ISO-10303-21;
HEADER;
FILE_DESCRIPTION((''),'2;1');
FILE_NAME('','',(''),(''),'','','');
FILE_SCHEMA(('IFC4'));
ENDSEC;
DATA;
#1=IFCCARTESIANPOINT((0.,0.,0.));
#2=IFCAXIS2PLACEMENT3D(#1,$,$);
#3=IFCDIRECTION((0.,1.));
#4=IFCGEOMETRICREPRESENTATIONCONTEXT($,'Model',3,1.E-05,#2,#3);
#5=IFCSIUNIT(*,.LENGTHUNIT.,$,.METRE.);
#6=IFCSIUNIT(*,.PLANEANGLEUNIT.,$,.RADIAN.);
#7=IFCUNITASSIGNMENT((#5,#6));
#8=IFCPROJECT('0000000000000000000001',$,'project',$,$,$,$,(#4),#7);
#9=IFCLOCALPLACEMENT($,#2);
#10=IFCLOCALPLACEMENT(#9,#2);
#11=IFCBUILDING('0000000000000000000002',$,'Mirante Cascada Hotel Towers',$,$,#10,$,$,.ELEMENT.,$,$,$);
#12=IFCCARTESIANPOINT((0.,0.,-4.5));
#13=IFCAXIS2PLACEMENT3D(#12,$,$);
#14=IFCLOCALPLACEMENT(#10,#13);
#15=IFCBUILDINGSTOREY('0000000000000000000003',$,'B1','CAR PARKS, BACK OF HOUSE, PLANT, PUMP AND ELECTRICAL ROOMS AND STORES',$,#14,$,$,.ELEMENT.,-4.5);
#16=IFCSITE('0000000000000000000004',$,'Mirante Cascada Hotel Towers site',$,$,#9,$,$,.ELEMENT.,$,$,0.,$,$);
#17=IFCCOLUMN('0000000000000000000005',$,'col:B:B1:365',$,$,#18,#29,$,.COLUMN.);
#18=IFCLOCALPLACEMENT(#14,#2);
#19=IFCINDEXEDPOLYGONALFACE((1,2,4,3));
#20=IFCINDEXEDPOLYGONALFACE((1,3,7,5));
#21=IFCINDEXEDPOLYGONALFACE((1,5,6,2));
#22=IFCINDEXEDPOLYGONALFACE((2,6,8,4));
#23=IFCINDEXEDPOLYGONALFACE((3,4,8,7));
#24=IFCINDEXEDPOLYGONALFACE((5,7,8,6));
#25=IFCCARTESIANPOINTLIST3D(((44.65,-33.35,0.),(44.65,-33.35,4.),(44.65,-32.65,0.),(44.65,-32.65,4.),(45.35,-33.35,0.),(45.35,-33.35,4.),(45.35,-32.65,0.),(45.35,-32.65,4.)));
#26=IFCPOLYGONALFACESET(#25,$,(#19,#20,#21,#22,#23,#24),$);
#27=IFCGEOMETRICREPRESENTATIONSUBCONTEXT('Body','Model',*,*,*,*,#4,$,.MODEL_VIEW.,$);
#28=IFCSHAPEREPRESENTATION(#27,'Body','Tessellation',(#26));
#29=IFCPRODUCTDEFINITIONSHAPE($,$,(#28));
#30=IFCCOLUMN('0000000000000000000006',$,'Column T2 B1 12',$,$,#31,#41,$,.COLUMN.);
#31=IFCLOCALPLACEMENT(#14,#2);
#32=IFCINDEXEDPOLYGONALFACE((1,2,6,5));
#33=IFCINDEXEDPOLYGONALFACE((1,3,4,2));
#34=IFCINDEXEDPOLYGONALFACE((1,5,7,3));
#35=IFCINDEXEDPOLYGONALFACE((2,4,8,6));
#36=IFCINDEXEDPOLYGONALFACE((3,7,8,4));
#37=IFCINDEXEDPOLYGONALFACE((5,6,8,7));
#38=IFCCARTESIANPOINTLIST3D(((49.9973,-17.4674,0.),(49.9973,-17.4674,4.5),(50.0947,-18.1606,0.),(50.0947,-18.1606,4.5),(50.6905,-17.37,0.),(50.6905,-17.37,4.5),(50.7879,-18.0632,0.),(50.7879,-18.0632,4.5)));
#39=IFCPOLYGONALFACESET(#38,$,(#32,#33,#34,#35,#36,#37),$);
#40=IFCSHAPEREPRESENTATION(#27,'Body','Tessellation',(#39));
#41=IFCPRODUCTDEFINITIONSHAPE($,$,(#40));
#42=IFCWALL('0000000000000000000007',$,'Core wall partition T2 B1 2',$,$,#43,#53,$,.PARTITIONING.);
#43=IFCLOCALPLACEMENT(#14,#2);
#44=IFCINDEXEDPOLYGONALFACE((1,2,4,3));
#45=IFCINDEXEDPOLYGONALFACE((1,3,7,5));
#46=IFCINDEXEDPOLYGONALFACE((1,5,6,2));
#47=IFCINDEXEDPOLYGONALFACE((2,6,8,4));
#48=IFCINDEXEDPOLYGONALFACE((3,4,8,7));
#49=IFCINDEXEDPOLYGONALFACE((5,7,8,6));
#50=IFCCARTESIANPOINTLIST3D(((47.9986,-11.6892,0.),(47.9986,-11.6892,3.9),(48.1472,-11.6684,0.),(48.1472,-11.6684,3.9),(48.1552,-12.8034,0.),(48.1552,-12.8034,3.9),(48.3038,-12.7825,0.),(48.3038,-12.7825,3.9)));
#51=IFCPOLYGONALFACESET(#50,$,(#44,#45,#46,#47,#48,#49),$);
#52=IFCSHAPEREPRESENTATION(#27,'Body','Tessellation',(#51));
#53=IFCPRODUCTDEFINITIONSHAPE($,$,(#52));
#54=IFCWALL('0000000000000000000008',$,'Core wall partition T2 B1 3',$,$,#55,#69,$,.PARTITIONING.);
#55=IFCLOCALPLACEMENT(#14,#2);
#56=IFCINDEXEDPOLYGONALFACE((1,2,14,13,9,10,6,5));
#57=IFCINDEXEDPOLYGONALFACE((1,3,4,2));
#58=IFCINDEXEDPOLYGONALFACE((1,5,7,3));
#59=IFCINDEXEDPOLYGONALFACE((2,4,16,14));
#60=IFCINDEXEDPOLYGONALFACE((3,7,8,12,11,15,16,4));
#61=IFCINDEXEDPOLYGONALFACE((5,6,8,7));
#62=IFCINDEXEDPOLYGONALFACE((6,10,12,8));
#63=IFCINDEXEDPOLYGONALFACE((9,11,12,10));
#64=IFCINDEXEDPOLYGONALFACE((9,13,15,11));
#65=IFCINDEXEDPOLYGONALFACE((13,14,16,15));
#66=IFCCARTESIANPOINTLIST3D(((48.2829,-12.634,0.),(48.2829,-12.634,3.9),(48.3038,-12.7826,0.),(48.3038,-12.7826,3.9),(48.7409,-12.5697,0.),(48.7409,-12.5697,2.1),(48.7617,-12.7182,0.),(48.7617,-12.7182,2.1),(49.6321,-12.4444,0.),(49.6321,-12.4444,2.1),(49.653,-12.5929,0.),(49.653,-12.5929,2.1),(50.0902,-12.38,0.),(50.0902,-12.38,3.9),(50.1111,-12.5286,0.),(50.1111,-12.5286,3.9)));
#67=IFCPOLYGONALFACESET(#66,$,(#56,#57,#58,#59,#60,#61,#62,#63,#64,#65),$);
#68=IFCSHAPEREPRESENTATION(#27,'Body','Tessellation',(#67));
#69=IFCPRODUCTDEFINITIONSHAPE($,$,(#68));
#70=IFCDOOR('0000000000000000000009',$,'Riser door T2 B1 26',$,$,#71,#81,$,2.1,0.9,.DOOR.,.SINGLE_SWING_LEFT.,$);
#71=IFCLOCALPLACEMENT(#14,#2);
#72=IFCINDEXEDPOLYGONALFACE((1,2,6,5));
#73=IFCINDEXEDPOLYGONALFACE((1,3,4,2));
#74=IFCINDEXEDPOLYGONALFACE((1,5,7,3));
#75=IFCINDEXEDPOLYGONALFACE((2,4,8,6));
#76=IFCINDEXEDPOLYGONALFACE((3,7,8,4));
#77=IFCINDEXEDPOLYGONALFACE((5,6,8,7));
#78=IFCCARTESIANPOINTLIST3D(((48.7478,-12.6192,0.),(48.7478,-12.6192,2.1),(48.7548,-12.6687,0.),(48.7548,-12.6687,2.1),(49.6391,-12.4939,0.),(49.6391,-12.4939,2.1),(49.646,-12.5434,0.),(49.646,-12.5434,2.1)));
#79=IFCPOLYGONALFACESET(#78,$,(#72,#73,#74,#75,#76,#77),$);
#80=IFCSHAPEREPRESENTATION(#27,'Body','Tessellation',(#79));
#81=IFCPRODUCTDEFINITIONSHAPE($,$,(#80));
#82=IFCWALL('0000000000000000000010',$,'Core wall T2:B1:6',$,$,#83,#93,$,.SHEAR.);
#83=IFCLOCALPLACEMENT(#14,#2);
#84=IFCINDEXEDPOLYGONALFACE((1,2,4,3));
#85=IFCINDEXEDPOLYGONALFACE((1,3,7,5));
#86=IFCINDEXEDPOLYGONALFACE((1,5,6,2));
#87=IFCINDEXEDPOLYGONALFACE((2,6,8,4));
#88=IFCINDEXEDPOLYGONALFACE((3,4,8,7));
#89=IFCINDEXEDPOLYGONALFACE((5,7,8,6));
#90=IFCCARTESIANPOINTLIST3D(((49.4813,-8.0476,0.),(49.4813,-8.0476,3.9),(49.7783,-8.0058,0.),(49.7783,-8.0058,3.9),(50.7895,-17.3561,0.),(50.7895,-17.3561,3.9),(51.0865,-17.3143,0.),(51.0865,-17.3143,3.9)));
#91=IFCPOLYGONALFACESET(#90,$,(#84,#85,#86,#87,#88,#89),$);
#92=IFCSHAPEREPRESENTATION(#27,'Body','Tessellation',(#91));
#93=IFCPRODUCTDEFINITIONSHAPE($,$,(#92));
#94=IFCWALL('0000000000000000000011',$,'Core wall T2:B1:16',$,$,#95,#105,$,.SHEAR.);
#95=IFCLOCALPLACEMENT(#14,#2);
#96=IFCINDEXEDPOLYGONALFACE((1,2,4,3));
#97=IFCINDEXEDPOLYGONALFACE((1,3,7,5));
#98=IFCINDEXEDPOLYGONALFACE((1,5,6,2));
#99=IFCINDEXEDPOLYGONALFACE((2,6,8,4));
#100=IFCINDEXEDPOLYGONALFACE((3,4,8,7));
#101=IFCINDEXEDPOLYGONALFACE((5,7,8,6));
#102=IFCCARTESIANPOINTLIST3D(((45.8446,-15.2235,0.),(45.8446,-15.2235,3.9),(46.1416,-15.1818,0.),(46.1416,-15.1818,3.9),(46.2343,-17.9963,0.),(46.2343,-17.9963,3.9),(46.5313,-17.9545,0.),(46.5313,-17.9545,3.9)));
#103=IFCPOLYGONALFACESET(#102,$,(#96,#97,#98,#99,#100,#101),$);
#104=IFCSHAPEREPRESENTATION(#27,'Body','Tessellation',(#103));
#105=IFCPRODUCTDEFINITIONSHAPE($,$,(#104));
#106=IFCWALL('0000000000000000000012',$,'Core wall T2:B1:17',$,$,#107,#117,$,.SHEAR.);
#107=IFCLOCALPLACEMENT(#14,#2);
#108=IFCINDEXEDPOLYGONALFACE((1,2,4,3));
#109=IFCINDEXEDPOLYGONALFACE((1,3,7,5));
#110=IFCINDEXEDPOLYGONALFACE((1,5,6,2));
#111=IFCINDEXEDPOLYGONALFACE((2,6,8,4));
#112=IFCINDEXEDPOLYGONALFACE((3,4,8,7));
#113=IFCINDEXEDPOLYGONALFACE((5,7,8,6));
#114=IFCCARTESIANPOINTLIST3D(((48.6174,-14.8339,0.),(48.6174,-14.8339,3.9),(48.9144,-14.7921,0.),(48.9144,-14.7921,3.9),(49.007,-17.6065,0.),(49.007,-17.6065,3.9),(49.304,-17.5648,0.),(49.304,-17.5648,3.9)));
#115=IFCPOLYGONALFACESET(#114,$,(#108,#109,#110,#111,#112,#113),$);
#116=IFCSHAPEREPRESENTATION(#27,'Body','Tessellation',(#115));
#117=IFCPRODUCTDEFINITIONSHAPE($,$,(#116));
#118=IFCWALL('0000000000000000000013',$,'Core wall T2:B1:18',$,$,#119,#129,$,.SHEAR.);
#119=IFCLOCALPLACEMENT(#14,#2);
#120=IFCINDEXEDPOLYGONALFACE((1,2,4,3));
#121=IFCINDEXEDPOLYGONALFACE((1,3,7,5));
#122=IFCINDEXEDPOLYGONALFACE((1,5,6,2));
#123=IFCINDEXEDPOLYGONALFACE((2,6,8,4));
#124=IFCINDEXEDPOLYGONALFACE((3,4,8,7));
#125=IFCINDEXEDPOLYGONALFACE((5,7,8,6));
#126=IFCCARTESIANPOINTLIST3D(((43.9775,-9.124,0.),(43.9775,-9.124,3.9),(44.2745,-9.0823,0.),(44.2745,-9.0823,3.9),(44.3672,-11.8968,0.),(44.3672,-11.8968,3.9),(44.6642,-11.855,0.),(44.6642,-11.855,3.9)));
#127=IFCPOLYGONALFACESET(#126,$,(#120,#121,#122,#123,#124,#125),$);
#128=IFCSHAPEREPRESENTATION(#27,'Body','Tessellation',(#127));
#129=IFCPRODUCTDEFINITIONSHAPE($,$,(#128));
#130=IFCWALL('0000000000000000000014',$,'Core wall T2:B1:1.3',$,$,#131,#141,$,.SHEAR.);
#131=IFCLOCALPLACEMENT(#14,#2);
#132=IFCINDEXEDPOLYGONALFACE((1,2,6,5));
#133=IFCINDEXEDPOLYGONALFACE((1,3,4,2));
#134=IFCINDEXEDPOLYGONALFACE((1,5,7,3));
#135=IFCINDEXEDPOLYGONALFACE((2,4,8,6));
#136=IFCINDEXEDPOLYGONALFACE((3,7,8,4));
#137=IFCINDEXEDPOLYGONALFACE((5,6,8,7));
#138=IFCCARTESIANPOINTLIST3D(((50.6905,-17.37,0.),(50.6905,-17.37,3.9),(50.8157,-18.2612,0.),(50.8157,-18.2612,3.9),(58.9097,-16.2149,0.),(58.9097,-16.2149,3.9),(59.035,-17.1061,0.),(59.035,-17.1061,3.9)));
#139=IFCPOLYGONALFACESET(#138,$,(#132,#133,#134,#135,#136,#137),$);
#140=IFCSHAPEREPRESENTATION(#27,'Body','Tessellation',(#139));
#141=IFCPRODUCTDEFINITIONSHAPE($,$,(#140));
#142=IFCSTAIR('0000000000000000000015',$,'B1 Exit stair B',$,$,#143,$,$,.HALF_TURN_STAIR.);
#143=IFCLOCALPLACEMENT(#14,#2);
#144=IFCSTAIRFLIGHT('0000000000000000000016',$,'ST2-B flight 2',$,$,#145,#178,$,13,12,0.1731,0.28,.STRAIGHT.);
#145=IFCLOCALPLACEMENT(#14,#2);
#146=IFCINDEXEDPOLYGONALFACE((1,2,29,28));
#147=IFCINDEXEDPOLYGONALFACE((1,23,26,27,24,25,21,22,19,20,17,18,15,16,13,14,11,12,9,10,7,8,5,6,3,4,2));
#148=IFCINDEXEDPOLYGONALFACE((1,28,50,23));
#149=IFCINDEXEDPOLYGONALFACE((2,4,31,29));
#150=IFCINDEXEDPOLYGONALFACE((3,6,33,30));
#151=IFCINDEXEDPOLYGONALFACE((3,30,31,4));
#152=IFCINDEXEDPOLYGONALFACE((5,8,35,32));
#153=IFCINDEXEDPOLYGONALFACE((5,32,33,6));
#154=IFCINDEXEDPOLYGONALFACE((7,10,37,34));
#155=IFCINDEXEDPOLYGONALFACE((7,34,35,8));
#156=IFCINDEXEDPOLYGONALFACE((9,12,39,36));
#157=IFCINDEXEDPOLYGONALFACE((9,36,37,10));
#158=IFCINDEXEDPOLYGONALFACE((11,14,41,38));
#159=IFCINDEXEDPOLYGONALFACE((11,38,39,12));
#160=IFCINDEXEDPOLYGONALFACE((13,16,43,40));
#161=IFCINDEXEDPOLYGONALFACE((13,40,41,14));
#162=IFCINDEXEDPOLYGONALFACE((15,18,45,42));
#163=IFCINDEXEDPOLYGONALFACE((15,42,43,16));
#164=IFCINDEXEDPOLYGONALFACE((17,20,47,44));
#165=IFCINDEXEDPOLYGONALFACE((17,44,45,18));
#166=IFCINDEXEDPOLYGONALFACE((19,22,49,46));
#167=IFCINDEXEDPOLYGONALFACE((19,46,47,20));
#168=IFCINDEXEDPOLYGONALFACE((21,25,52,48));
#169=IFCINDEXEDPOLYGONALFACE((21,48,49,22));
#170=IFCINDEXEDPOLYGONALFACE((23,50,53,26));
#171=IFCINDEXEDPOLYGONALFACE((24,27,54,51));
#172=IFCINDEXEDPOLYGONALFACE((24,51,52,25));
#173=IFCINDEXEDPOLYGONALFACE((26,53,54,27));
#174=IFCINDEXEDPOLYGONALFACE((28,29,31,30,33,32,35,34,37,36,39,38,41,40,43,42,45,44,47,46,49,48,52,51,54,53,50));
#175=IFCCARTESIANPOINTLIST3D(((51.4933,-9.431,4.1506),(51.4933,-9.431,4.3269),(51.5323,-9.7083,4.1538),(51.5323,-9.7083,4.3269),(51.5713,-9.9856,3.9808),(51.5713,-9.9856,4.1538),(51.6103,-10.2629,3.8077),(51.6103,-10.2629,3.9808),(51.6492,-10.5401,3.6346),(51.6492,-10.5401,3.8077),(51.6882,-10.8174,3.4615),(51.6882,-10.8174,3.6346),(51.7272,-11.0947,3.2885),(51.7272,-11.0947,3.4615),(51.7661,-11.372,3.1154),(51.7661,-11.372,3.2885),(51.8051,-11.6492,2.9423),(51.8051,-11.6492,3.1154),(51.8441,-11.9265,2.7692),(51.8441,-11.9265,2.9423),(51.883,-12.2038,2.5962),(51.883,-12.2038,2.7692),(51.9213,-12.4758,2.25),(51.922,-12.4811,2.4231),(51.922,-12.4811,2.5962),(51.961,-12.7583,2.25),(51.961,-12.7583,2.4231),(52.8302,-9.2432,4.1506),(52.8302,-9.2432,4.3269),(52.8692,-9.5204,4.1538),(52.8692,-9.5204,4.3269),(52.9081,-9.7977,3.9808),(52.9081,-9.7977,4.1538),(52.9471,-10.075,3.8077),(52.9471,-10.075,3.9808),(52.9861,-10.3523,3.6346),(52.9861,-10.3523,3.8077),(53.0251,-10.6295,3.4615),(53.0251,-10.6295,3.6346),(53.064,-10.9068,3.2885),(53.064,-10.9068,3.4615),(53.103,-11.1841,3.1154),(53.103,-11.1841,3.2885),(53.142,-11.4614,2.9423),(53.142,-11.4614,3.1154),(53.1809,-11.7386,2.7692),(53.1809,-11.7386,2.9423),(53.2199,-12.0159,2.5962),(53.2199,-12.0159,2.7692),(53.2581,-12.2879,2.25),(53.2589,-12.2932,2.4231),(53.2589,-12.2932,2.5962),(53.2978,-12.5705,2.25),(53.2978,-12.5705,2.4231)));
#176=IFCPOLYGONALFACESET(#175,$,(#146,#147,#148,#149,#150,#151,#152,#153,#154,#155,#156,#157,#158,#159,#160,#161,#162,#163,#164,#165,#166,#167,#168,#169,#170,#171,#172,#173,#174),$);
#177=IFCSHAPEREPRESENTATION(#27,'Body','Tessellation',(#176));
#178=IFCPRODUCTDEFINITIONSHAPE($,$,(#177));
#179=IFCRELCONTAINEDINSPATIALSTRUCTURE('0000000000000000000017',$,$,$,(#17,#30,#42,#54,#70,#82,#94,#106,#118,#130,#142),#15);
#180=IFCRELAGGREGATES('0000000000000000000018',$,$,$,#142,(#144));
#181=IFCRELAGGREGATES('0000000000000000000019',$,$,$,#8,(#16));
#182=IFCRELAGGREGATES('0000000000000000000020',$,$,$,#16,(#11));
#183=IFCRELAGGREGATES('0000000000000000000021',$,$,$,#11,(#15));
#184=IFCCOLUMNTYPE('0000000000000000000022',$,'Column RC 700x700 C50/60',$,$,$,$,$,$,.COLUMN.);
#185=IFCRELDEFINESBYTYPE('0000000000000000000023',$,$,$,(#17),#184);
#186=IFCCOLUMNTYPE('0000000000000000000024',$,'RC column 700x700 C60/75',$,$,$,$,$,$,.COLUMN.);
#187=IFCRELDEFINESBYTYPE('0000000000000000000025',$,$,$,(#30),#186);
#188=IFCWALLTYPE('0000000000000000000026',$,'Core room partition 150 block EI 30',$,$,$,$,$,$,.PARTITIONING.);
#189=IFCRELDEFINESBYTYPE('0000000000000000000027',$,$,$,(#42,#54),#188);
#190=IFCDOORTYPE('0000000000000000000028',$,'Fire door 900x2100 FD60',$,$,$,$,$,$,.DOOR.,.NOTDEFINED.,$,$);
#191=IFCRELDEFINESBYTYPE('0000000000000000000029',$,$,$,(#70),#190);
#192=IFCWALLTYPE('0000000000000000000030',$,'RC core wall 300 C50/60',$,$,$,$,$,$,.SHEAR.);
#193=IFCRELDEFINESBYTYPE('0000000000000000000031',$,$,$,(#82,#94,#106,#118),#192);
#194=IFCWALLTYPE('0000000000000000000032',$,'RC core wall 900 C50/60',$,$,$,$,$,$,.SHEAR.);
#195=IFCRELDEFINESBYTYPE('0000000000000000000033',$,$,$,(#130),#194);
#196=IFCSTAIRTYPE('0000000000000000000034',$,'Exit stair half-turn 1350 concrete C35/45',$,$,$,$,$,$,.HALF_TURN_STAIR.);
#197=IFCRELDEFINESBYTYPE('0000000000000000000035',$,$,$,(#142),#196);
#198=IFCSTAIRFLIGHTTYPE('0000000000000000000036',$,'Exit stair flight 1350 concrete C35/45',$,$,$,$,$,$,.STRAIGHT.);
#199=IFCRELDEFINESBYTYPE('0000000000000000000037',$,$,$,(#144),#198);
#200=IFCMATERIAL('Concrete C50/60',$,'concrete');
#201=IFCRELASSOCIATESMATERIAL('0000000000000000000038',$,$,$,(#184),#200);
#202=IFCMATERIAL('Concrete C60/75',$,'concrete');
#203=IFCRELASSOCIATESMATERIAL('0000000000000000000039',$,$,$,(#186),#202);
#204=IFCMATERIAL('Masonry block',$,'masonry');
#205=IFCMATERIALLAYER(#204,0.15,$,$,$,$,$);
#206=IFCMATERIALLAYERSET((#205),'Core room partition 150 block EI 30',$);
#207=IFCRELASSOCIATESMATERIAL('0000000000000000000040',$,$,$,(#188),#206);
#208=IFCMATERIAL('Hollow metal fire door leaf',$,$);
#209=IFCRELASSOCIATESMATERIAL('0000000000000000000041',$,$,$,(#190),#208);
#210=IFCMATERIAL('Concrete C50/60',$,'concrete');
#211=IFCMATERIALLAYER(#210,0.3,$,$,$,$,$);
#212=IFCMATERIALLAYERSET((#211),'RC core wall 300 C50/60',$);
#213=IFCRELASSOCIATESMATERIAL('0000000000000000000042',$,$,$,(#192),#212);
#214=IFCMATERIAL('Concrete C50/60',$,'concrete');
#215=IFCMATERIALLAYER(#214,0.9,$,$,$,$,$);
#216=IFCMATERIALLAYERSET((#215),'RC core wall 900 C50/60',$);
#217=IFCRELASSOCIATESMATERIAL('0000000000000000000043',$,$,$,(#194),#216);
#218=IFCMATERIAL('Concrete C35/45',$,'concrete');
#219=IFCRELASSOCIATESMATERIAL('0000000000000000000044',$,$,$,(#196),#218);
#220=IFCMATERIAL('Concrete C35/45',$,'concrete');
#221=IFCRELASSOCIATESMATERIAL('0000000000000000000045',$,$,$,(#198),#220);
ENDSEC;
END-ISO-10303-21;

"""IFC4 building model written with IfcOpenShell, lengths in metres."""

from ifc_helpers import new_model, si_unit, direction, frame, frame_2d, origin, origin_2d, place, context, subcontext, project, spatial, polyline, rectangle, outline, extrude, material, layer, layer_set, material_profile, profile_set, type_object, element, fill, aggregate, save


model = new_model("IFC4")

# Units and contexts
model_context = context("Model", 3, precision=1e-05, world=origin(), true_north=direction((0.0, 1.0)))
body_context = subcontext(model_context, "Body", "Model", "MODEL_VIEW")
ifc_project = project(units=[si_unit("LENGTHUNIT", "METRE"), si_unit("PLANEANGLEUNIT", "RADIAN")], contexts=[model_context])

# Site, building, storey
site_placement = place(None, origin())
site = spatial("IfcSite", under=ifc_project, at=site_placement, Name="Mirante Cascada Hotel Towers site", CompositionType="ELEMENT", RefElevation=0.0)
building_placement = place(site_placement, origin())
building = spatial("IfcBuilding", under=site, at=building_placement, Name="Mirante Cascada Hotel Towers", CompositionType="ELEMENT")
storey_placement = place(building_placement, frame((0.0, 0.0, -4.5)))
storey = spatial("IfcBuildingStorey", under=building, at=storey_placement, Name="B1", Description="CAR PARKS, BACK OF HOUSE, PLANT, PUMP AND ELECTRICAL ROOMS AND STORES", CompositionType="ELEMENT", Elevation=-4.5)

# Columns
ifc_material_1 = material(Name="Concrete C50/60", Category="concrete")
ifc_material_profile_1 = material_profile(ifc_material_1, rectangle(XDim=0.7, YDim=0.7, at=origin_2d()), Name="RC 700x700")
ifc_profile_set_1 = profile_set([ifc_material_profile_1], Name="Concrete C50/60")
column_type_1 = type_object("IfcColumnType", Name="Column RC 700x700 C50/60", PredefinedType="COLUMN", material=ifc_profile_set_1)
column_1_placement = place(storey_placement, frame((45.0, -33.0, 0.0), z_axis=(0.0, 0.0, 1.0), x_axis=(1.0, 0.0, 0.0)))
element("IfcColumn", 1, at=column_1_placement, inside=storey, type_object=column_type_1, Name="col:B:B1:365", PredefinedType="COLUMN", context=body_context, shape_type="SweptSolid", body=[
    extrude(rectangle(XDim=0.7, YDim=0.7, at=origin_2d()), origin(), (0.0, 0.0, 1.0), 4.0),
])
ifc_material_2 = material(Name="Concrete C60/75", Category="concrete")
ifc_material_profile_2 = material_profile(ifc_material_2, rectangle(XDim=0.7, YDim=0.7, at=origin_2d()), Name="RC column 700x700 C60/75")
ifc_profile_set_2 = profile_set([ifc_material_profile_2], Name="Concrete C60/75")
column_type_2 = type_object("IfcColumnType", Name="RC column 700x700 C60/75", PredefinedType="COLUMN", material=ifc_profile_set_2)
column_2_placement = place(storey_placement, frame((50.3926, -17.7653, 0.0), z_axis=(0.0, 0.0, 1.0), x_axis=(0.990268, 0.139173, 0.0)))
element("IfcColumn", 2, at=column_2_placement, inside=storey, type_object=column_type_2, Name="Column T2 B1 12", PredefinedType="COLUMN", context=body_context, shape_type="SweptSolid", body=[
    extrude(rectangle(XDim=0.7, YDim=0.7, at=origin_2d()), origin(), (0.0, 0.0, 1.0), 4.5),
])

# Wall
ifc_material_3 = material(Name="Masonry block", Category="masonry")
ifc_layer_1 = layer(ifc_material_3, 0.15)
ifc_layer_set_1 = layer_set([ifc_layer_1], Name="Core room partition 150 block EI 30")
wall_type_1 = type_object("IfcWallType", Name="Core room partition 150 block EI 30", PredefinedType="PARTITIONING", material=ifc_layer_set_1)
wall_1_placement = place(storey_placement, frame((48.2295, -12.793, 0.0), z_axis=(0.0, 0.0, 1.0), x_axis=(-0.139193, 0.990265, 0.0)))
element("IfcWall", 3, at=wall_1_placement, inside=storey, type_object=wall_type_1, Name="Core wall partition T2 B1 2", PredefinedType="PARTITIONING", context=body_context, shape_type="SweptSolid", body=[
    extrude(rectangle(XDim=1.1251, YDim=0.15, at=frame_2d((0.5626, 0.0))), origin(), (0.0, 0.0, 1.0), 3.9),
])

# Wall, opening, door
wall_2_placement = place(storey_placement, frame((48.2933, -12.7083, 0.0), z_axis=(0.0, 0.0, 1.0), x_axis=(0.990268, 0.139173, 0.0)))
wall_2 = element("IfcWall", 4, at=wall_2_placement, inside=storey, type_object=wall_type_1, Name="Core wall partition T2 B1 3", PredefinedType="PARTITIONING", context=body_context, shape_type="SweptSolid", body=[
    extrude(rectangle(XDim=1.8251, YDim=0.15, at=frame_2d((0.9126, 0.0))), origin(), (0.0, 0.0, 1.0), 3.9),
])
opening_1_placement = place(wall_2_placement, frame((0.4625, 0.0, 0.0)))
opening_1 = element("IfcOpeningElement", 5, at=opening_1_placement, cuts=wall_2, PredefinedType="OPENING", context=body_context, shape_type="SweptSolid", body=[
    extrude(rectangle(XDim=0.9, YDim=2.1, at=frame_2d((0.45, 1.05))), frame((0.0, 0.075, 0.0), z_axis=(0.0, -1.0, 0.0), x_axis=(1.0, 0.0, 0.0)), (0.0, 0.0, 1.0), 0.15),
])
ifc_material_4 = material(Name="Hollow metal fire door leaf")
door_type_1 = type_object("IfcDoorType", Name="Fire door 900x2100 FD60", OperationType="NOTDEFINED", PredefinedType="DOOR", material=ifc_material_4)
door_1_placement = place(opening_1_placement, frame((0.9, 0.0, 0.0), z_axis=(0.0, 0.0, 1.0), x_axis=(-1.0, 0.0, 0.0)))
door_1 = element("IfcDoor", 6, at=door_1_placement, inside=storey, type_object=door_type_1, Name="Riser door T2 B1 26", OperationType="SINGLE_SWING_LEFT", OverallHeight=2.1, OverallWidth=0.9, PredefinedType="DOOR", context=body_context, shape_type="SweptSolid", body=[
    extrude(rectangle(XDim=0.9, YDim=2.1, at=frame_2d((0.45, 1.05))), frame((0.0, 0.025, 0.0), z_axis=(0.0, -1.0, 0.0), x_axis=(1.0, 0.0, 0.0)), (0.0, 0.0, 1.0), 0.05),
])
fill(opening_1, door_1)

# Walls
ifc_material_5 = material(Name="Concrete C50/60", Category="concrete")
ifc_layer_2 = layer(ifc_material_5, 0.3)
ifc_layer_set_2 = layer_set([ifc_layer_2], Name="RC core wall 300 C50/60")
wall_type_2 = type_object("IfcWallType", Name="RC core wall 300 C50/60", PredefinedType="SHEAR", material=ifc_layer_set_2)
wall_3_placement = place(storey_placement, frame((50.938, -17.3352, 0.0), z_axis=(0.0, 0.0, 1.0), x_axis=(-0.139171, 0.990268, 0.0)))
element("IfcWall", 7, at=wall_3_placement, inside=storey, type_object=wall_type_2, Name="Core wall T2:B1:6", PredefinedType="SHEAR", context=body_context, shape_type="SweptSolid", body=[
    extrude(rectangle(XDim=9.4, YDim=0.3, at=frame_2d((4.7, 0.0))), origin(), (0.0, 0.0, 1.0), 3.9),
])
wall_4_placement = place(storey_placement, frame((46.3828, -17.9754, 0.0), z_axis=(0.0, 0.0, 1.0), x_axis=(-0.139181, 0.990267, 0.0)))
element("IfcWall", 8, at=wall_4_placement, inside=storey, type_object=wall_type_2, Name="Core wall T2:B1:16", PredefinedType="SHEAR", context=body_context, shape_type="SweptSolid", body=[
    extrude(rectangle(XDim=2.8, YDim=0.3, at=frame_2d((1.4, 0.0))), origin(), (0.0, 0.0, 1.0), 3.9),
])
wall_5_placement = place(storey_placement, frame((49.1555, -17.5857, 0.0), z_axis=(0.0, 0.0, 1.0), x_axis=(-0.139146, 0.990272, 0.0)))
element("IfcWall", 9, at=wall_5_placement, inside=storey, type_object=wall_type_2, Name="Core wall T2:B1:17", PredefinedType="SHEAR", context=body_context, shape_type="SweptSolid", body=[
    extrude(rectangle(XDim=2.7999, YDim=0.3, at=frame_2d((1.4, 0.0))), origin(), (0.0, 0.0, 1.0), 3.9),
])
wall_6_placement = place(storey_placement, frame((44.5157, -11.8759, 0.0), z_axis=(0.0, 0.0, 1.0), x_axis=(-0.139181, 0.990267, 0.0)))
element("IfcWall", 10, at=wall_6_placement, inside=storey, type_object=wall_type_2, Name="Core wall T2:B1:18", PredefinedType="SHEAR", context=body_context, shape_type="SweptSolid", body=[
    extrude(rectangle(XDim=2.8, YDim=0.3, at=frame_2d((1.4, 0.0))), origin(), (0.0, 0.0, 1.0), 3.9),
])

# Wall
ifc_material_6 = material(Name="Concrete C50/60", Category="concrete")
ifc_layer_3 = layer(ifc_material_6, 0.9)
ifc_layer_set_3 = layer_set([ifc_layer_3], Name="RC core wall 900 C50/60")
wall_type_3 = type_object("IfcWallType", Name="RC core wall 900 C50/60", PredefinedType="SHEAR", material=ifc_layer_set_3)
wall_7_placement = place(storey_placement, frame((50.7531, -17.8156, 0.0), z_axis=(0.0, 0.0, 1.0), x_axis=(0.990269, 0.139169, 0.0)))
element("IfcWall", 11, at=wall_7_placement, inside=storey, type_object=wall_type_3, Name="Core wall T2:B1:1.3", PredefinedType="SHEAR", context=body_context, shape_type="SweptSolid", body=[
    extrude(rectangle(XDim=8.3, YDim=0.9, at=frame_2d((4.15, 0.0))), origin(), (0.0, 0.0, 1.0), 3.9),
])

# Stair, stair flight
ifc_material_7 = material(Name="Concrete C35/45", Category="concrete")
stair_type = type_object("IfcStairType", Name="Exit stair half-turn 1350 concrete C35/45", PredefinedType="HALF_TURN_STAIR", material=ifc_material_7)
stair_placement = place(storey_placement, origin())
stair = element("IfcStair", 12, at=stair_placement, inside=storey, type_object=stair_type, Name="B1 Exit stair B", PredefinedType="HALF_TURN_STAIR")
ifc_material_8 = material(Name="Concrete C35/45", Category="concrete")
stair_flight_type = type_object("IfcStairFlightType", Name="Exit stair flight 1350 concrete C35/45", PredefinedType="STRAIGHT", material=ifc_material_8)
stair_flight_placement = place(storey_placement, frame((52.6294, -12.6644, 2.25), z_axis=(0.0, 0.0, 1.0), x_axis=(-0.139173, 0.990268, 0.0)))
stair_flight = element("IfcStairFlight", 13, at=stair_flight_placement, type_object=stair_flight_type, Name="ST2-B flight 2", NumberOfRisers=13, NumberOfTreads=12, PredefinedType="STRAIGHT", RiserHeight=0.1731, TreadLength=0.28, context=body_context, shape_type="SweptSolid", body=[
    extrude(outline(polyline([(0.0, 0.0), (0.0, 0.1731), (0.28, 0.1731), (0.28, 0.3462), (0.56, 0.3462), (0.56, 0.5192), (0.84, 0.5192), (0.84, 0.6923), (1.12, 0.6923), (1.12, 0.8654), (1.4, 0.8654), (1.4, 1.0385), (1.68, 1.0385), (1.68, 1.2115), (1.96, 1.2115), (1.96, 1.3846), (2.24, 1.3846), (2.24, 1.5577), (2.52, 1.5577), (2.52, 1.7308), (2.8, 1.7308), (2.8, 1.9038), (3.08, 1.9038), (3.08, 2.0769), (3.36, 2.0769), (3.36, 2.25), (3.36, 1.9006), (0.2853, 0.0), (0.0, 0.0)])), frame((0.0, 0.675, 0.0), z_axis=(0.0, -1.0, 0.0), x_axis=(1.0, 0.0, 0.0)), (0.0, 0.0, 1.0), 1.35),
])
aggregate(stair, [stair_flight])

save(model, "model.ifc")
